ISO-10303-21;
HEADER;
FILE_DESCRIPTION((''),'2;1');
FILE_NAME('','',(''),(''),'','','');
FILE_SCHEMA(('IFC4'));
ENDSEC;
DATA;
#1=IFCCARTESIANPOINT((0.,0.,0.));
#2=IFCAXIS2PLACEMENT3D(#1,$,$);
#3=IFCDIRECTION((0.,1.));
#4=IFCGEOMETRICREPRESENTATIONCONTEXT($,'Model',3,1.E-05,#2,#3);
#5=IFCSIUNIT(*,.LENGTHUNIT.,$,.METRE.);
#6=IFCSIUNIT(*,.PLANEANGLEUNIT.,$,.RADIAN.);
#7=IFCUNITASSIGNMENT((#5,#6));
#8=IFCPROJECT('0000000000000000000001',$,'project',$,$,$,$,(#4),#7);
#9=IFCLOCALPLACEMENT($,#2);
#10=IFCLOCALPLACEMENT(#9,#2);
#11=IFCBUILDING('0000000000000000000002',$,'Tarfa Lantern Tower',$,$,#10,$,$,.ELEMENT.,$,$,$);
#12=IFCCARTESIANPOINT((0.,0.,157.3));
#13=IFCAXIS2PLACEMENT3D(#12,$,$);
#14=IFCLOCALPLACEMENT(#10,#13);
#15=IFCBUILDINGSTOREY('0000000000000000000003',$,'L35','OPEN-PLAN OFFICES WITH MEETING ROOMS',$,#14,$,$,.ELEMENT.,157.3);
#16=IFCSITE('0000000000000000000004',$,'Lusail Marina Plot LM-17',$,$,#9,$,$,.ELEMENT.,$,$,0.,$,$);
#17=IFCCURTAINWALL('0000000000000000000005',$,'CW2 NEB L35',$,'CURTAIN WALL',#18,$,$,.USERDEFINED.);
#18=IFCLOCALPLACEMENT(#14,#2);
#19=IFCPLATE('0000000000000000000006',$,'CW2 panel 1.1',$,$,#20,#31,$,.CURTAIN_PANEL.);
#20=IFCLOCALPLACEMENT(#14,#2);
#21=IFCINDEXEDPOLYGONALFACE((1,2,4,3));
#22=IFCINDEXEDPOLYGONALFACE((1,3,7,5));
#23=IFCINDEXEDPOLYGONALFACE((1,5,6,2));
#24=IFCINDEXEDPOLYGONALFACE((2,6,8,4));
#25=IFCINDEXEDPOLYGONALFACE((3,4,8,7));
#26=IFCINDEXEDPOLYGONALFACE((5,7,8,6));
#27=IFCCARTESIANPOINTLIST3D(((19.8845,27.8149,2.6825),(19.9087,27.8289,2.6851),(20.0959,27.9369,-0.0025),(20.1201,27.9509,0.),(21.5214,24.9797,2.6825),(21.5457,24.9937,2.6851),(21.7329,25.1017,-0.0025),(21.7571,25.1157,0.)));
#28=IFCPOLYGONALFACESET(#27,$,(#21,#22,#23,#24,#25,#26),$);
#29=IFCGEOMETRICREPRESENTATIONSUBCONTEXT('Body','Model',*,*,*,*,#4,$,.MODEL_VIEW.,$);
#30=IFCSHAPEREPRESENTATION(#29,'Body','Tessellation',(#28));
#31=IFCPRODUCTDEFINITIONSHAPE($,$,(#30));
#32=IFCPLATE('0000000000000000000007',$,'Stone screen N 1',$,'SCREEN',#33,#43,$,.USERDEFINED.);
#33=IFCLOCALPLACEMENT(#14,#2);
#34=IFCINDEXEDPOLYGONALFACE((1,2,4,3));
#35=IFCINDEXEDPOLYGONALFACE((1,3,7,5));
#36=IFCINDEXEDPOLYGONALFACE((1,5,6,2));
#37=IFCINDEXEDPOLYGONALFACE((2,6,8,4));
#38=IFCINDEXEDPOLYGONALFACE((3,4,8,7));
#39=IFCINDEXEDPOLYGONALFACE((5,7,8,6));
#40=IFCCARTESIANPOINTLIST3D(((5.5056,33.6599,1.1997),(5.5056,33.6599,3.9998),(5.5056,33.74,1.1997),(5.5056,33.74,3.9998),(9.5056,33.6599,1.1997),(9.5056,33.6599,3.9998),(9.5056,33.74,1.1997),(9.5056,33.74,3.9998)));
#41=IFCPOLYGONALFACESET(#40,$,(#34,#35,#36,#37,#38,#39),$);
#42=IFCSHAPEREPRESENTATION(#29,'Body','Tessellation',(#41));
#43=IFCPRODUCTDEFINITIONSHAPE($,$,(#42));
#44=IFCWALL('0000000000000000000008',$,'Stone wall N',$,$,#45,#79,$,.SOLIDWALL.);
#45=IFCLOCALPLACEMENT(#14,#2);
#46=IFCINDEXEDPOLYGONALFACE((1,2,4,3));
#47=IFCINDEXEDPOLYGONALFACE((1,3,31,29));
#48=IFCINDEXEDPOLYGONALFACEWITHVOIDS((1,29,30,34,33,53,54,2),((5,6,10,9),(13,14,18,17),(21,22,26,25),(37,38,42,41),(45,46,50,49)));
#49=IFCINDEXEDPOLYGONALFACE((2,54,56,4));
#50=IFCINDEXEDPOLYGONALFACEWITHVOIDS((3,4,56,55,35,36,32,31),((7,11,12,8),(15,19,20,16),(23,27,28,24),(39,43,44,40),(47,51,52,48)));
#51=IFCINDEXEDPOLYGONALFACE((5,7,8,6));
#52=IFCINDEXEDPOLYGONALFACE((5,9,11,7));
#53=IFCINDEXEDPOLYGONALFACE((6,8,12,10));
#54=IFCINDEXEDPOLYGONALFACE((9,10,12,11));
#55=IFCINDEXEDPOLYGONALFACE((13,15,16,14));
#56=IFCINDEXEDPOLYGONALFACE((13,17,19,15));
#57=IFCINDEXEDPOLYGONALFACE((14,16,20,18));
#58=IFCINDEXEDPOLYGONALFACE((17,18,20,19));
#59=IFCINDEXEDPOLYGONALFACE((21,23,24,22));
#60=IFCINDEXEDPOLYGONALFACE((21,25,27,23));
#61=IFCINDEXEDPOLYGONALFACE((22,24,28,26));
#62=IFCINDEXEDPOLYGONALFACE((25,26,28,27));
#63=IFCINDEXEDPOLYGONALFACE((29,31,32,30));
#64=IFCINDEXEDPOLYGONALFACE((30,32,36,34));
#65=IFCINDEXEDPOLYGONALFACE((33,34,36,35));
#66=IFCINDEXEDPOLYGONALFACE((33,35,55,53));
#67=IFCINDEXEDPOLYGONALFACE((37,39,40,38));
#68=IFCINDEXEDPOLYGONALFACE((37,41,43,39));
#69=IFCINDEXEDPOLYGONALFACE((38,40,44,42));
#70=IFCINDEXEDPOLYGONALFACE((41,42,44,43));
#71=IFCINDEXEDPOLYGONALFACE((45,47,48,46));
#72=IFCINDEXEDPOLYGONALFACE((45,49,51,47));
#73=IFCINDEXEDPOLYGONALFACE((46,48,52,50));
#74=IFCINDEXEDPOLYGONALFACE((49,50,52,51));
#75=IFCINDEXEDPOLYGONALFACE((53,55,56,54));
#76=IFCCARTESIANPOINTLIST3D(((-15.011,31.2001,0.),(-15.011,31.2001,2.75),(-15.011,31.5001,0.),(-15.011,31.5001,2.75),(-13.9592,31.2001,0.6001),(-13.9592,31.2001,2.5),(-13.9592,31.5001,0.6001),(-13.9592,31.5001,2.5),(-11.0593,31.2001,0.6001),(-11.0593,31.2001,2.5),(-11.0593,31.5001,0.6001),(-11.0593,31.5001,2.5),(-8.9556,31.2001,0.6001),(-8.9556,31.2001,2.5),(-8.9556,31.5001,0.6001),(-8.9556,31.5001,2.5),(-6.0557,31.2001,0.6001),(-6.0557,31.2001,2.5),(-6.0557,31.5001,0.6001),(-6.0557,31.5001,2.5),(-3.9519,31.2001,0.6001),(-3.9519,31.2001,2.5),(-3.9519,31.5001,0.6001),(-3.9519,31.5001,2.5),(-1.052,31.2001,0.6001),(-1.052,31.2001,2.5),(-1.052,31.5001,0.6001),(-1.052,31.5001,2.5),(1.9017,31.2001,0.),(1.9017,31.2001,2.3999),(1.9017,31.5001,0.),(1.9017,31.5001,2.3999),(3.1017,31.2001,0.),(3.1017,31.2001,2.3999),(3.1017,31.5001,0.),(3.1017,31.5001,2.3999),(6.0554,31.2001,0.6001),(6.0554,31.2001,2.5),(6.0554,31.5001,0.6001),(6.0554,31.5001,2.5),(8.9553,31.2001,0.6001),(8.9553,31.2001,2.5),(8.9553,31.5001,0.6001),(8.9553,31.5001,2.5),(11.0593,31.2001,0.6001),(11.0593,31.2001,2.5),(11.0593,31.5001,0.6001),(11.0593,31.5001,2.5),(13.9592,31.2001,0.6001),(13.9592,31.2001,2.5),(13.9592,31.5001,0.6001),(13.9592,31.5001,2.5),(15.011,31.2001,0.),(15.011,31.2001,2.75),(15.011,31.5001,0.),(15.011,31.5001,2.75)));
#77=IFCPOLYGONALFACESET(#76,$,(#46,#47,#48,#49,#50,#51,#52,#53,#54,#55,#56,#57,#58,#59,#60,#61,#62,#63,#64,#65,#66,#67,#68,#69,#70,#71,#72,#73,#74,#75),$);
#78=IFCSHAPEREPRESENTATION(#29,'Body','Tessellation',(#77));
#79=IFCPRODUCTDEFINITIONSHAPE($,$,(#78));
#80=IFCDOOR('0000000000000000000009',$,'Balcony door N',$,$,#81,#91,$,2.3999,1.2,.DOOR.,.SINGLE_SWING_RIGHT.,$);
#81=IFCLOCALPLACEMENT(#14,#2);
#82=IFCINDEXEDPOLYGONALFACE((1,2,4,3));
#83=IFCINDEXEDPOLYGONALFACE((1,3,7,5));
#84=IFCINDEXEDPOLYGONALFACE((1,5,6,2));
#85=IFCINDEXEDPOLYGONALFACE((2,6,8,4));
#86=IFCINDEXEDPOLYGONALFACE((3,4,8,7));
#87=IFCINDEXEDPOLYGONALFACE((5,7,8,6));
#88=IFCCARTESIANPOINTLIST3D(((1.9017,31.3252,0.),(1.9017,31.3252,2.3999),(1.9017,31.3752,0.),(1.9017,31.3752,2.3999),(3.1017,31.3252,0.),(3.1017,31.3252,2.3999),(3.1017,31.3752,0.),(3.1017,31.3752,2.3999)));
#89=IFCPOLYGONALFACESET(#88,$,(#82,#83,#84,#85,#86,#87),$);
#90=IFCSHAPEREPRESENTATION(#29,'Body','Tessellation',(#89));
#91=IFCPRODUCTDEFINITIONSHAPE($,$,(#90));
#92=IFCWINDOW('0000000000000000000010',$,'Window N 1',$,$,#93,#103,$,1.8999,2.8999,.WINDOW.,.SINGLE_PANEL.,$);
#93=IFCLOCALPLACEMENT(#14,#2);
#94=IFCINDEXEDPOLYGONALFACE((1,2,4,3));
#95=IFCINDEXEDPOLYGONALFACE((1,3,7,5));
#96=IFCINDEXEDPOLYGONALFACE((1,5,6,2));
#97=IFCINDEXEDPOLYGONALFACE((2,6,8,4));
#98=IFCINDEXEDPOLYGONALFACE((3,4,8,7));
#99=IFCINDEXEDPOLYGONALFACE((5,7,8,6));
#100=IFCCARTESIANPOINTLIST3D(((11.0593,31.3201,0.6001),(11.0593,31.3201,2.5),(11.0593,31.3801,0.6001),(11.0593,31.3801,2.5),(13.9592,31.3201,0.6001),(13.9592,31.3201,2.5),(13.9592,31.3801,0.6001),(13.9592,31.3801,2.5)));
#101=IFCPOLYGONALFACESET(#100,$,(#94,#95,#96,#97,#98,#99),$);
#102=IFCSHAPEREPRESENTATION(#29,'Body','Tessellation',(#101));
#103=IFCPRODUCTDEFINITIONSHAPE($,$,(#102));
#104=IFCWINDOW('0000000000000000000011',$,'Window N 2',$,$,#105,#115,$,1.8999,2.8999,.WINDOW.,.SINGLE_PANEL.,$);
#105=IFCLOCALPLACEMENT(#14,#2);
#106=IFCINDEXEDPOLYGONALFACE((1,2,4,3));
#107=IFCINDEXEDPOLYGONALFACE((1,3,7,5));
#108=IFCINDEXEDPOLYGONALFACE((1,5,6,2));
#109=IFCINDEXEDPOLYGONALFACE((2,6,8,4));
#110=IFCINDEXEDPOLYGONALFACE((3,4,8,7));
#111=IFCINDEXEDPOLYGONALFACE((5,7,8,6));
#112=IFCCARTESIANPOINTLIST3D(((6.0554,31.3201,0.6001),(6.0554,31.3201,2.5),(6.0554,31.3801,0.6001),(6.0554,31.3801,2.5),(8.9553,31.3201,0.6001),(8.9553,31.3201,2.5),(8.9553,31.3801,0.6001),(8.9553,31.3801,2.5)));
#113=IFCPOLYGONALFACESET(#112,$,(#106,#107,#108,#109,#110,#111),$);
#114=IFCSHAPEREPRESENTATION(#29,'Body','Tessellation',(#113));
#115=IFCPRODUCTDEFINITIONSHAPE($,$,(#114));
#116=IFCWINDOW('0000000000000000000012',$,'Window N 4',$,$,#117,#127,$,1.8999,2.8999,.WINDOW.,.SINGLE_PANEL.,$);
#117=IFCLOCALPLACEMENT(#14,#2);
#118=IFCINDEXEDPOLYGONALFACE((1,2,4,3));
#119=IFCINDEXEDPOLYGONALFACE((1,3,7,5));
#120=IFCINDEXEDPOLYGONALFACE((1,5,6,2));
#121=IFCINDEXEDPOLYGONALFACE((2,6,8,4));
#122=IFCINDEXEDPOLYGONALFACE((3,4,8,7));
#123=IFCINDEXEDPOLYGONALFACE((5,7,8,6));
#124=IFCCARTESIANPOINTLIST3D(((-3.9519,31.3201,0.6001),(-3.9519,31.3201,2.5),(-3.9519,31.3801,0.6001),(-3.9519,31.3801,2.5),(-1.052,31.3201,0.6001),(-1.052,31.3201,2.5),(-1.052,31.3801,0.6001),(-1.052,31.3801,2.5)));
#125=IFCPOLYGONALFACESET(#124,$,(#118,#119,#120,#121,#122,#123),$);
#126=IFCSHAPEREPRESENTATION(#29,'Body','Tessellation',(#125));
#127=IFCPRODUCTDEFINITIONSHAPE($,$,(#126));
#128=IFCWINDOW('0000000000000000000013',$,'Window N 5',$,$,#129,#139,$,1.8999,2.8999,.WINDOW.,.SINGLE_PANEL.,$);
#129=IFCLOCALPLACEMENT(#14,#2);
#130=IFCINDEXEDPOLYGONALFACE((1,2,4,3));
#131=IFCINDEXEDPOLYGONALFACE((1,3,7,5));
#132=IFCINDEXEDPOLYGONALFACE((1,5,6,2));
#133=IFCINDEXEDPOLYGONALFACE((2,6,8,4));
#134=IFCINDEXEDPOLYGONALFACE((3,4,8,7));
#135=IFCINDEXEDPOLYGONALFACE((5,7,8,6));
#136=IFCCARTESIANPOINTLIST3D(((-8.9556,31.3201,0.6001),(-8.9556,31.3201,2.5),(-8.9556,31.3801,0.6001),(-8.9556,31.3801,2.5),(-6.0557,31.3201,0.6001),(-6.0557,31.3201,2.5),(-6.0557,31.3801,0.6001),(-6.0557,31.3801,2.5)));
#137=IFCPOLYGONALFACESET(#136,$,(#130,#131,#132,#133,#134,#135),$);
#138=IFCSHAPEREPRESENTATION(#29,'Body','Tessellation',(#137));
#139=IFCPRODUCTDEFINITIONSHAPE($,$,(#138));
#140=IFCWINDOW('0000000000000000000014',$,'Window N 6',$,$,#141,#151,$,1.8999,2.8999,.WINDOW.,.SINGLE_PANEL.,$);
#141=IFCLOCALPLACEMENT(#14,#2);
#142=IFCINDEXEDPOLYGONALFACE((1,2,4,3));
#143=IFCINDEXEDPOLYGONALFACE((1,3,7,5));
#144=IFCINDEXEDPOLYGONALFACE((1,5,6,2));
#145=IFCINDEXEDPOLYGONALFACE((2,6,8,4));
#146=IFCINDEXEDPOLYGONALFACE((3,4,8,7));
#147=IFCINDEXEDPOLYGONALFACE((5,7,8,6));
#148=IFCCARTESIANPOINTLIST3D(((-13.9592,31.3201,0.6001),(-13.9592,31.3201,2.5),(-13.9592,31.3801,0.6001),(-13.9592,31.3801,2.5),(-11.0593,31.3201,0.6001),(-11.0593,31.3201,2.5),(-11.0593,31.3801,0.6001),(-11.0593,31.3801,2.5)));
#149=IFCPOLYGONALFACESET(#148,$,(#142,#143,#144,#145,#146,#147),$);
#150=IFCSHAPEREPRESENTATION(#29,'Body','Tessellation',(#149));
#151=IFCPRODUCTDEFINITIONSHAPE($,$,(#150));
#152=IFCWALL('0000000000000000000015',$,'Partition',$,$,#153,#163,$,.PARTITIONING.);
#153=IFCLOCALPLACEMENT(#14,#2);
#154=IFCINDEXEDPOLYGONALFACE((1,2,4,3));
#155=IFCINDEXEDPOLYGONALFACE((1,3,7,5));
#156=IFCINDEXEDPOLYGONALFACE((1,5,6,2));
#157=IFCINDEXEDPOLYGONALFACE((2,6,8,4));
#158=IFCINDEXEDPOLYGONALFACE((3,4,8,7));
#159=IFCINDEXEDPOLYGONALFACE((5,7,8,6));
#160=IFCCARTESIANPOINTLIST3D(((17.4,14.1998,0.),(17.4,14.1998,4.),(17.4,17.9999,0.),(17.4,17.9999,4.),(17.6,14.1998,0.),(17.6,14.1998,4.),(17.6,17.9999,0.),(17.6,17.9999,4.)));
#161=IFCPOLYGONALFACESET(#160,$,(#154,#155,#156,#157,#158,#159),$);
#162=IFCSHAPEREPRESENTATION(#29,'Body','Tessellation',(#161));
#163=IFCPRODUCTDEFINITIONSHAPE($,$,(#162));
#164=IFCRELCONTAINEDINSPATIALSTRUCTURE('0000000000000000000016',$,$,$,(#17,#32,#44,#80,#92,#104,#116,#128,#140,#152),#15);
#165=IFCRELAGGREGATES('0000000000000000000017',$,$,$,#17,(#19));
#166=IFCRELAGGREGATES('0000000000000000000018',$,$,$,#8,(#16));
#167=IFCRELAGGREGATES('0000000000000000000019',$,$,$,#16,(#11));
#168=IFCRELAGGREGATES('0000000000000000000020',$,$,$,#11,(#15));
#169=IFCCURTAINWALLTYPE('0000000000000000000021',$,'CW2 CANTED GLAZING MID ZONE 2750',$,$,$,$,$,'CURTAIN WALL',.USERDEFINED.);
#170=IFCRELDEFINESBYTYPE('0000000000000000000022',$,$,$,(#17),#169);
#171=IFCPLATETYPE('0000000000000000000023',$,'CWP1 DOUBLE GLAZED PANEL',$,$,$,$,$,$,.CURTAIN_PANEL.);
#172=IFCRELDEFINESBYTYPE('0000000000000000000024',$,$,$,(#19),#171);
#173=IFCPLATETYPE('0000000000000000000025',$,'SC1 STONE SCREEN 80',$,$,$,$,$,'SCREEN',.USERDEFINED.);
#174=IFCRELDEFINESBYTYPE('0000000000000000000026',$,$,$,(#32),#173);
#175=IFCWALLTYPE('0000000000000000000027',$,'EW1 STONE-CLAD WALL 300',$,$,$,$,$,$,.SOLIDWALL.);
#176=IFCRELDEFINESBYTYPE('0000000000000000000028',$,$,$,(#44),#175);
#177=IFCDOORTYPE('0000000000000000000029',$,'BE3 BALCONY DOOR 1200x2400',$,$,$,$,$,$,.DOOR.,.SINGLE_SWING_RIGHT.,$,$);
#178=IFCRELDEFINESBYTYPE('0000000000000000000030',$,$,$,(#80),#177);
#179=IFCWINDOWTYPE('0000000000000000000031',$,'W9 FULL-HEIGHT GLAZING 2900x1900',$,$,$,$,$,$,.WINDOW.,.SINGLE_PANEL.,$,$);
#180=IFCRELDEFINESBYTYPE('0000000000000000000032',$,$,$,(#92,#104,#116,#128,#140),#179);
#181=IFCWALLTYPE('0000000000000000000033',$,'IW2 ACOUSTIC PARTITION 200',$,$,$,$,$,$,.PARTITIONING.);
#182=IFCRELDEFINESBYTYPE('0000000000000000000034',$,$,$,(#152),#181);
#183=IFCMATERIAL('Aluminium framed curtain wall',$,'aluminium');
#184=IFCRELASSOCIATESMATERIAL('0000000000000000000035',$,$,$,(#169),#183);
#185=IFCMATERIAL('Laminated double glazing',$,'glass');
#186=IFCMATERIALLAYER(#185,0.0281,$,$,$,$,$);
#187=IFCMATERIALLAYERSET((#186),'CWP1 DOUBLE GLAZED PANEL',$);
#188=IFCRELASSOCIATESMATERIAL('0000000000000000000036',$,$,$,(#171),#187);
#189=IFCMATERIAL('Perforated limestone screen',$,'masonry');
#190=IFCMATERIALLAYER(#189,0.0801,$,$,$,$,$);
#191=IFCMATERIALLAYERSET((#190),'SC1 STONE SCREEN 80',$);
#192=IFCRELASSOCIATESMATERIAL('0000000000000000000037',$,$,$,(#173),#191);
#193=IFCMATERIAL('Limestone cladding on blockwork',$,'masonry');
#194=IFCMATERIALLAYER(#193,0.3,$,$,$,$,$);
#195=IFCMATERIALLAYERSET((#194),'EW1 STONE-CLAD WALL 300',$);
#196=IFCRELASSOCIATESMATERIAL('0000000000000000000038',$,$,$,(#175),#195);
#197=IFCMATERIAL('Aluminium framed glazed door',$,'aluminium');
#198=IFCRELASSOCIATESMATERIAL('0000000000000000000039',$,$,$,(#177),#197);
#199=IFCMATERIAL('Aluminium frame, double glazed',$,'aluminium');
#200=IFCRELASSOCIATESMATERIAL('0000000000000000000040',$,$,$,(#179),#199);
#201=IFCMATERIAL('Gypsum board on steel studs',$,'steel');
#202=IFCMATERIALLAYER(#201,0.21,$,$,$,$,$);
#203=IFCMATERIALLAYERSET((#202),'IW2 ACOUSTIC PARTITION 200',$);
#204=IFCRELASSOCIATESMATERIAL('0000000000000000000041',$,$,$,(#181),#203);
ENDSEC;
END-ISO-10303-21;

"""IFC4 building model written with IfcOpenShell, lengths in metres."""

from ifc_helpers import new_model, si_unit, direction, frame, frame_2d, origin, origin_2d, place, context, subcontext, project, spatial, polyline, rectangle, outline, extrude, material, layer, layer_set, type_object, element, fill, aggregate, save


model = new_model("IFC4")

# Units and contexts
model_context = context("Model", 3, precision=1e-05, world=origin(), true_north=direction((0.0, 1.0)))
body_context = subcontext(model_context, "Body", "Model", "MODEL_VIEW")
ifc_project = project(units=[si_unit("LENGTHUNIT", "METRE"), si_unit("PLANEANGLEUNIT", "RADIAN")], contexts=[model_context])

# Site, building, storey
site_placement = place(None, origin())
site = spatial("IfcSite", under=ifc_project, at=site_placement, Name="Lusail Marina Plot LM-17", CompositionType="ELEMENT", RefElevation=0.0)
building_placement = place(site_placement, origin())
building = spatial("IfcBuilding", under=site, at=building_placement, Name="Tarfa Lantern Tower", CompositionType="ELEMENT")
storey_placement = place(building_placement, frame((0.0, 0.0, 157.3)))
storey = spatial("IfcBuildingStorey", under=building, at=storey_placement, Name="L35", Description="OPEN-PLAN OFFICES WITH MEETING ROOMS", CompositionType="ELEMENT", Elevation=157.3)

# Curtain wall
ifc_material_1 = material(Name="Aluminium framed curtain wall", Category="aluminium")
curtain_wall_type = type_object("IfcCurtainWallType", Name="CW2 CANTED GLAZING MID ZONE 2750", ElementType="CURTAIN WALL", PredefinedType="USERDEFINED", material=ifc_material_1)
curtain_wall_placement = place(storey_placement, origin())
curtain_wall = element("IfcCurtainWall", 1, at=curtain_wall_placement, inside=storey, type_object=curtain_wall_type, Name="CW2 NEB L35", ObjectType="CURTAIN WALL", PredefinedType="USERDEFINED")

# Plates
ifc_material_2 = material(Name="Laminated double glazing", Category="glass")
ifc_layer_1 = layer(ifc_material_2, 0.0281)
ifc_layer_set_1 = layer_set([ifc_layer_1], Name="CWP1 DOUBLE GLAZED PANEL")
plate_type_1 = type_object("IfcPlateType", Name="CWP1 DOUBLE GLAZED PANEL", PredefinedType="CURTAIN_PANEL", material=ifc_layer_set_1)
plate_1_placement = place(storey_placement, frame((21.7571, 25.1157, 0.0), z_axis=(0.86246, 0.497959, 0.09055), x_axis=(-0.500013, 0.866018, 0.0)))
plate_1 = element("IfcPlate", 2, at=plate_1_placement, type_object=plate_type_1, Name="CW2 panel 1.1", PredefinedType="CURTAIN_PANEL", context=body_context, shape_type="SweptSolid", body=[
    extrude(outline(polyline([(0.0, 0.0), (3.2738, 0.0), (3.2738, 2.6961), (0.0, 2.6961), (0.0, 0.0)])), origin(), (0.0, 0.0, -1.0), 0.0281),
])
aggregate(curtain_wall, [plate_1])
ifc_material_3 = material(Name="Perforated limestone screen", Category="masonry")
ifc_layer_2 = layer(ifc_material_3, 0.0801)
ifc_layer_set_2 = layer_set([ifc_layer_2], Name="SC1 STONE SCREEN 80")
plate_type_2 = type_object("IfcPlateType", Name="SC1 STONE SCREEN 80", ElementType="SCREEN", PredefinedType="USERDEFINED", material=ifc_layer_set_2)
plate_2_placement = place(storey_placement, frame((7.5056, 33.7, 1.1997), z_axis=(0.0, 0.0, 1.0), x_axis=(-1.0, 0.0, 0.0)))
element("IfcPlate", 3, at=plate_2_placement, inside=storey, type_object=plate_type_2, Name="Stone screen N 1", ObjectType="SCREEN", PredefinedType="USERDEFINED", context=body_context, shape_type="SweptSolid", body=[
    extrude(rectangle(XDim=4.0, YDim=0.0801, at=origin_2d()), origin(), (0.0, 0.0, 1.0), 2.8),
])

# Wall, openings, door, windows
ifc_material_4 = material(Name="Limestone cladding on blockwork", Category="masonry")
ifc_layer_3 = layer(ifc_material_4, 0.3)
ifc_layer_set_3 = layer_set([ifc_layer_3], Name="EW1 STONE-CLAD WALL 300")
wall_type_1 = type_object("IfcWallType", Name="EW1 STONE-CLAD WALL 300", PredefinedType="SOLIDWALL", material=ifc_layer_set_3)
wall_1_placement = place(storey_placement, frame((15.011, 31.3501, 0.0), z_axis=(0.0, 0.0, 1.0), x_axis=(-1.0, 0.0, 0.0)))
wall_1 = element("IfcWall", 4, at=wall_1_placement, inside=storey, type_object=wall_type_1, Name="Stone wall N", PredefinedType="SOLIDWALL", context=body_context, shape_type="SweptSolid", body=[
    extrude(rectangle(XDim=30.022, YDim=0.3, at=frame_2d((15.011, 0.0))), origin(), (0.0, 0.0, 1.0), 2.75),
])
opening_1_placement = place(wall_1_placement, frame((1.0518, 0.0, 0.6001)))
opening_1 = element("IfcOpeningElement", 5, at=opening_1_placement, cuts=wall_1, PredefinedType="OPENING", context=body_context, shape_type="SweptSolid", body=[
    extrude(rectangle(XDim=2.8999, YDim=1.8999, at=frame_2d((1.45, 0.95))), frame((0.0, 0.1599, 0.0), z_axis=(0.0, -1.0, 0.0), x_axis=(1.0, 0.0, 0.0)), (0.0, 0.0, 1.0), 0.3201),
])
opening_2_placement = place(wall_1_placement, frame((6.0557, 0.0, 0.6001)))
opening_2 = element("IfcOpeningElement", 6, at=opening_2_placement, cuts=wall_1, PredefinedType="OPENING", context=body_context, shape_type="SweptSolid", body=[
    extrude(rectangle(XDim=2.8999, YDim=1.8999, at=frame_2d((1.45, 0.95))), frame((0.0, 0.1599, 0.0), z_axis=(0.0, -1.0, 0.0), x_axis=(1.0, 0.0, 0.0)), (0.0, 0.0, 1.0), 0.3201),
])
opening_3_placement = place(wall_1_placement, frame((11.9092, 0.0, 0.0)))
opening_3 = element("IfcOpeningElement", 7, at=opening_3_placement, cuts=wall_1, PredefinedType="OPENING", context=body_context, shape_type="SweptSolid", body=[
    extrude(rectangle(XDim=1.2, YDim=2.3999, at=frame_2d((0.6001, 1.2))), frame((0.0, 0.1599, 0.0), z_axis=(0.0, -1.0, 0.0), x_axis=(1.0, 0.0, 0.0)), (0.0, 0.0, 1.0), 0.3201),
])
opening_4_placement = place(wall_1_placement, frame((16.063, 0.0, 0.6001)))
opening_4 = element("IfcOpeningElement", 8, at=opening_4_placement, cuts=wall_1, PredefinedType="OPENING", context=body_context, shape_type="SweptSolid", body=[
    extrude(rectangle(XDim=2.8999, YDim=1.8999, at=frame_2d((1.45, 0.95))), frame((0.0, 0.1599, 0.0), z_axis=(0.0, -1.0, 0.0), x_axis=(1.0, 0.0, 0.0)), (0.0, 0.0, 1.0), 0.3201),
])
opening_5_placement = place(wall_1_placement, frame((21.0667, 0.0, 0.6001)))
opening_5 = element("IfcOpeningElement", 9, at=opening_5_placement, cuts=wall_1, PredefinedType="OPENING", context=body_context, shape_type="SweptSolid", body=[
    extrude(rectangle(XDim=2.8999, YDim=1.8999, at=frame_2d((1.45, 0.95))), frame((0.0, 0.1599, 0.0), z_axis=(0.0, -1.0, 0.0), x_axis=(1.0, 0.0, 0.0)), (0.0, 0.0, 1.0), 0.3201),
])
opening_6_placement = place(wall_1_placement, frame((26.0703, 0.0, 0.6001)))
opening_6 = element("IfcOpeningElement", 10, at=opening_6_placement, cuts=wall_1, PredefinedType="OPENING", context=body_context, shape_type="SweptSolid", body=[
    extrude(rectangle(XDim=2.8999, YDim=1.8999, at=frame_2d((1.45, 0.95))), frame((0.0, 0.1599, 0.0), z_axis=(0.0, -1.0, 0.0), x_axis=(1.0, 0.0, 0.0)), (0.0, 0.0, 1.0), 0.3201),
])
ifc_material_5 = material(Name="Aluminium framed glazed door", Category="aluminium")
door_type_1 = type_object("IfcDoorType", Name="BE3 BALCONY DOOR 1200x2400", OperationType="SINGLE_SWING_RIGHT", PredefinedType="DOOR", material=ifc_material_5)
door_1_placement = place(opening_3_placement, origin())
door_1 = element("IfcDoor", 11, at=door_1_placement, inside=storey, type_object=door_type_1, Name="Balcony door N", OperationType="SINGLE_SWING_RIGHT", OverallHeight=2.3999, OverallWidth=1.2, PredefinedType="DOOR", context=body_context, shape_type="SweptSolid", body=[
    extrude(rectangle(XDim=1.2, YDim=2.3999, at=frame_2d((0.6001, 1.2))), frame((0.0, 0.0249, 0.0), z_axis=(0.0, -1.0, 0.0), x_axis=(1.0, 0.0, 0.0)), (0.0, 0.0, 1.0), 0.05),
])
fill(opening_3, door_1)
ifc_material_6 = material(Name="Aluminium frame, double glazed", Category="aluminium")
window_type = type_object("IfcWindowType", Name="W9 FULL-HEIGHT GLAZING 2900x1900", PartitioningType="SINGLE_PANEL", PredefinedType="WINDOW", material=ifc_material_6)
window_1_placement = place(opening_1_placement, origin())
window_1 = element("IfcWindow", 12, at=window_1_placement, inside=storey, type_object=window_type, Name="Window N 1", OverallHeight=1.8999, OverallWidth=2.8999, PartitioningType="SINGLE_PANEL", PredefinedType="WINDOW", context=body_context, shape_type="SweptSolid", body=[
    extrude(rectangle(XDim=2.8999, YDim=1.8999, at=frame_2d((1.45, 0.95))), frame((0.0, 0.03, 0.0), z_axis=(0.0, -1.0, 0.0), x_axis=(1.0, 0.0, 0.0)), (0.0, 0.0, 1.0), 0.0601),
])
fill(opening_1, window_1)
window_2_placement = place(opening_2_placement, origin())
window_2 = element("IfcWindow", 13, at=window_2_placement, inside=storey, type_object=window_type, Name="Window N 2", OverallHeight=1.8999, OverallWidth=2.8999, PartitioningType="SINGLE_PANEL", PredefinedType="WINDOW", context=body_context, shape_type="SweptSolid", body=[
    extrude(rectangle(XDim=2.8999, YDim=1.8999, at=frame_2d((1.45, 0.95))), frame((0.0, 0.03, 0.0), z_axis=(0.0, -1.0, 0.0), x_axis=(1.0, 0.0, 0.0)), (0.0, 0.0, 1.0), 0.0601),
])
fill(opening_2, window_2)
window_3_placement = place(opening_4_placement, origin())
window_3 = element("IfcWindow", 14, at=window_3_placement, inside=storey, type_object=window_type, Name="Window N 4", OverallHeight=1.8999, OverallWidth=2.8999, PartitioningType="SINGLE_PANEL", PredefinedType="WINDOW", context=body_context, shape_type="SweptSolid", body=[
    extrude(rectangle(XDim=2.8999, YDim=1.8999, at=frame_2d((1.45, 0.95))), frame((0.0, 0.03, 0.0), z_axis=(0.0, -1.0, 0.0), x_axis=(1.0, 0.0, 0.0)), (0.0, 0.0, 1.0), 0.0601),
])
fill(opening_4, window_3)
window_4_placement = place(opening_5_placement, origin())
window_4 = element("IfcWindow", 15, at=window_4_placement, inside=storey, type_object=window_type, Name="Window N 5", OverallHeight=1.8999, OverallWidth=2.8999, PartitioningType="SINGLE_PANEL", PredefinedType="WINDOW", context=body_context, shape_type="SweptSolid", body=[
    extrude(rectangle(XDim=2.8999, YDim=1.8999, at=frame_2d((1.45, 0.95))), frame((0.0, 0.03, 0.0), z_axis=(0.0, -1.0, 0.0), x_axis=(1.0, 0.0, 0.0)), (0.0, 0.0, 1.0), 0.0601),
])
fill(opening_5, window_4)
window_5_placement = place(opening_6_placement, origin())
window_5 = element("IfcWindow", 16, at=window_5_placement, inside=storey, type_object=window_type, Name="Window N 6", OverallHeight=1.8999, OverallWidth=2.8999, PartitioningType="SINGLE_PANEL", PredefinedType="WINDOW", context=body_context, shape_type="SweptSolid", body=[
    extrude(rectangle(XDim=2.8999, YDim=1.8999, at=frame_2d((1.45, 0.95))), frame((0.0, 0.03, 0.0), z_axis=(0.0, -1.0, 0.0), x_axis=(1.0, 0.0, 0.0)), (0.0, 0.0, 1.0), 0.0601),
])
fill(opening_6, window_5)

# Wall
ifc_material_7 = material(Name="Gypsum board on steel studs", Category="steel")
ifc_layer_4 = layer(ifc_material_7, 0.21)
ifc_layer_set_4 = layer_set([ifc_layer_4], Name="IW2 ACOUSTIC PARTITION 200")
wall_type_2 = type_object("IfcWallType", Name="IW2 ACOUSTIC PARTITION 200", PredefinedType="PARTITIONING", material=ifc_layer_set_4)
wall_2_placement = place(storey_placement, frame((17.5, 14.2, 0.0), z_axis=(0.0, 0.0, 1.0), x_axis=(0.0, 1.0, 0.0)))
element("IfcWall", 17, at=wall_2_placement, inside=storey, type_object=wall_type_2, Name="Partition", PredefinedType="PARTITIONING", context=body_context, shape_type="SweptSolid", body=[
    extrude(rectangle(XDim=3.8, YDim=0.2, at=frame_2d((1.8999, 0.0))), origin(), (0.0, 0.0, 1.0), 4.0),
])

save(model, "model.ifc")
